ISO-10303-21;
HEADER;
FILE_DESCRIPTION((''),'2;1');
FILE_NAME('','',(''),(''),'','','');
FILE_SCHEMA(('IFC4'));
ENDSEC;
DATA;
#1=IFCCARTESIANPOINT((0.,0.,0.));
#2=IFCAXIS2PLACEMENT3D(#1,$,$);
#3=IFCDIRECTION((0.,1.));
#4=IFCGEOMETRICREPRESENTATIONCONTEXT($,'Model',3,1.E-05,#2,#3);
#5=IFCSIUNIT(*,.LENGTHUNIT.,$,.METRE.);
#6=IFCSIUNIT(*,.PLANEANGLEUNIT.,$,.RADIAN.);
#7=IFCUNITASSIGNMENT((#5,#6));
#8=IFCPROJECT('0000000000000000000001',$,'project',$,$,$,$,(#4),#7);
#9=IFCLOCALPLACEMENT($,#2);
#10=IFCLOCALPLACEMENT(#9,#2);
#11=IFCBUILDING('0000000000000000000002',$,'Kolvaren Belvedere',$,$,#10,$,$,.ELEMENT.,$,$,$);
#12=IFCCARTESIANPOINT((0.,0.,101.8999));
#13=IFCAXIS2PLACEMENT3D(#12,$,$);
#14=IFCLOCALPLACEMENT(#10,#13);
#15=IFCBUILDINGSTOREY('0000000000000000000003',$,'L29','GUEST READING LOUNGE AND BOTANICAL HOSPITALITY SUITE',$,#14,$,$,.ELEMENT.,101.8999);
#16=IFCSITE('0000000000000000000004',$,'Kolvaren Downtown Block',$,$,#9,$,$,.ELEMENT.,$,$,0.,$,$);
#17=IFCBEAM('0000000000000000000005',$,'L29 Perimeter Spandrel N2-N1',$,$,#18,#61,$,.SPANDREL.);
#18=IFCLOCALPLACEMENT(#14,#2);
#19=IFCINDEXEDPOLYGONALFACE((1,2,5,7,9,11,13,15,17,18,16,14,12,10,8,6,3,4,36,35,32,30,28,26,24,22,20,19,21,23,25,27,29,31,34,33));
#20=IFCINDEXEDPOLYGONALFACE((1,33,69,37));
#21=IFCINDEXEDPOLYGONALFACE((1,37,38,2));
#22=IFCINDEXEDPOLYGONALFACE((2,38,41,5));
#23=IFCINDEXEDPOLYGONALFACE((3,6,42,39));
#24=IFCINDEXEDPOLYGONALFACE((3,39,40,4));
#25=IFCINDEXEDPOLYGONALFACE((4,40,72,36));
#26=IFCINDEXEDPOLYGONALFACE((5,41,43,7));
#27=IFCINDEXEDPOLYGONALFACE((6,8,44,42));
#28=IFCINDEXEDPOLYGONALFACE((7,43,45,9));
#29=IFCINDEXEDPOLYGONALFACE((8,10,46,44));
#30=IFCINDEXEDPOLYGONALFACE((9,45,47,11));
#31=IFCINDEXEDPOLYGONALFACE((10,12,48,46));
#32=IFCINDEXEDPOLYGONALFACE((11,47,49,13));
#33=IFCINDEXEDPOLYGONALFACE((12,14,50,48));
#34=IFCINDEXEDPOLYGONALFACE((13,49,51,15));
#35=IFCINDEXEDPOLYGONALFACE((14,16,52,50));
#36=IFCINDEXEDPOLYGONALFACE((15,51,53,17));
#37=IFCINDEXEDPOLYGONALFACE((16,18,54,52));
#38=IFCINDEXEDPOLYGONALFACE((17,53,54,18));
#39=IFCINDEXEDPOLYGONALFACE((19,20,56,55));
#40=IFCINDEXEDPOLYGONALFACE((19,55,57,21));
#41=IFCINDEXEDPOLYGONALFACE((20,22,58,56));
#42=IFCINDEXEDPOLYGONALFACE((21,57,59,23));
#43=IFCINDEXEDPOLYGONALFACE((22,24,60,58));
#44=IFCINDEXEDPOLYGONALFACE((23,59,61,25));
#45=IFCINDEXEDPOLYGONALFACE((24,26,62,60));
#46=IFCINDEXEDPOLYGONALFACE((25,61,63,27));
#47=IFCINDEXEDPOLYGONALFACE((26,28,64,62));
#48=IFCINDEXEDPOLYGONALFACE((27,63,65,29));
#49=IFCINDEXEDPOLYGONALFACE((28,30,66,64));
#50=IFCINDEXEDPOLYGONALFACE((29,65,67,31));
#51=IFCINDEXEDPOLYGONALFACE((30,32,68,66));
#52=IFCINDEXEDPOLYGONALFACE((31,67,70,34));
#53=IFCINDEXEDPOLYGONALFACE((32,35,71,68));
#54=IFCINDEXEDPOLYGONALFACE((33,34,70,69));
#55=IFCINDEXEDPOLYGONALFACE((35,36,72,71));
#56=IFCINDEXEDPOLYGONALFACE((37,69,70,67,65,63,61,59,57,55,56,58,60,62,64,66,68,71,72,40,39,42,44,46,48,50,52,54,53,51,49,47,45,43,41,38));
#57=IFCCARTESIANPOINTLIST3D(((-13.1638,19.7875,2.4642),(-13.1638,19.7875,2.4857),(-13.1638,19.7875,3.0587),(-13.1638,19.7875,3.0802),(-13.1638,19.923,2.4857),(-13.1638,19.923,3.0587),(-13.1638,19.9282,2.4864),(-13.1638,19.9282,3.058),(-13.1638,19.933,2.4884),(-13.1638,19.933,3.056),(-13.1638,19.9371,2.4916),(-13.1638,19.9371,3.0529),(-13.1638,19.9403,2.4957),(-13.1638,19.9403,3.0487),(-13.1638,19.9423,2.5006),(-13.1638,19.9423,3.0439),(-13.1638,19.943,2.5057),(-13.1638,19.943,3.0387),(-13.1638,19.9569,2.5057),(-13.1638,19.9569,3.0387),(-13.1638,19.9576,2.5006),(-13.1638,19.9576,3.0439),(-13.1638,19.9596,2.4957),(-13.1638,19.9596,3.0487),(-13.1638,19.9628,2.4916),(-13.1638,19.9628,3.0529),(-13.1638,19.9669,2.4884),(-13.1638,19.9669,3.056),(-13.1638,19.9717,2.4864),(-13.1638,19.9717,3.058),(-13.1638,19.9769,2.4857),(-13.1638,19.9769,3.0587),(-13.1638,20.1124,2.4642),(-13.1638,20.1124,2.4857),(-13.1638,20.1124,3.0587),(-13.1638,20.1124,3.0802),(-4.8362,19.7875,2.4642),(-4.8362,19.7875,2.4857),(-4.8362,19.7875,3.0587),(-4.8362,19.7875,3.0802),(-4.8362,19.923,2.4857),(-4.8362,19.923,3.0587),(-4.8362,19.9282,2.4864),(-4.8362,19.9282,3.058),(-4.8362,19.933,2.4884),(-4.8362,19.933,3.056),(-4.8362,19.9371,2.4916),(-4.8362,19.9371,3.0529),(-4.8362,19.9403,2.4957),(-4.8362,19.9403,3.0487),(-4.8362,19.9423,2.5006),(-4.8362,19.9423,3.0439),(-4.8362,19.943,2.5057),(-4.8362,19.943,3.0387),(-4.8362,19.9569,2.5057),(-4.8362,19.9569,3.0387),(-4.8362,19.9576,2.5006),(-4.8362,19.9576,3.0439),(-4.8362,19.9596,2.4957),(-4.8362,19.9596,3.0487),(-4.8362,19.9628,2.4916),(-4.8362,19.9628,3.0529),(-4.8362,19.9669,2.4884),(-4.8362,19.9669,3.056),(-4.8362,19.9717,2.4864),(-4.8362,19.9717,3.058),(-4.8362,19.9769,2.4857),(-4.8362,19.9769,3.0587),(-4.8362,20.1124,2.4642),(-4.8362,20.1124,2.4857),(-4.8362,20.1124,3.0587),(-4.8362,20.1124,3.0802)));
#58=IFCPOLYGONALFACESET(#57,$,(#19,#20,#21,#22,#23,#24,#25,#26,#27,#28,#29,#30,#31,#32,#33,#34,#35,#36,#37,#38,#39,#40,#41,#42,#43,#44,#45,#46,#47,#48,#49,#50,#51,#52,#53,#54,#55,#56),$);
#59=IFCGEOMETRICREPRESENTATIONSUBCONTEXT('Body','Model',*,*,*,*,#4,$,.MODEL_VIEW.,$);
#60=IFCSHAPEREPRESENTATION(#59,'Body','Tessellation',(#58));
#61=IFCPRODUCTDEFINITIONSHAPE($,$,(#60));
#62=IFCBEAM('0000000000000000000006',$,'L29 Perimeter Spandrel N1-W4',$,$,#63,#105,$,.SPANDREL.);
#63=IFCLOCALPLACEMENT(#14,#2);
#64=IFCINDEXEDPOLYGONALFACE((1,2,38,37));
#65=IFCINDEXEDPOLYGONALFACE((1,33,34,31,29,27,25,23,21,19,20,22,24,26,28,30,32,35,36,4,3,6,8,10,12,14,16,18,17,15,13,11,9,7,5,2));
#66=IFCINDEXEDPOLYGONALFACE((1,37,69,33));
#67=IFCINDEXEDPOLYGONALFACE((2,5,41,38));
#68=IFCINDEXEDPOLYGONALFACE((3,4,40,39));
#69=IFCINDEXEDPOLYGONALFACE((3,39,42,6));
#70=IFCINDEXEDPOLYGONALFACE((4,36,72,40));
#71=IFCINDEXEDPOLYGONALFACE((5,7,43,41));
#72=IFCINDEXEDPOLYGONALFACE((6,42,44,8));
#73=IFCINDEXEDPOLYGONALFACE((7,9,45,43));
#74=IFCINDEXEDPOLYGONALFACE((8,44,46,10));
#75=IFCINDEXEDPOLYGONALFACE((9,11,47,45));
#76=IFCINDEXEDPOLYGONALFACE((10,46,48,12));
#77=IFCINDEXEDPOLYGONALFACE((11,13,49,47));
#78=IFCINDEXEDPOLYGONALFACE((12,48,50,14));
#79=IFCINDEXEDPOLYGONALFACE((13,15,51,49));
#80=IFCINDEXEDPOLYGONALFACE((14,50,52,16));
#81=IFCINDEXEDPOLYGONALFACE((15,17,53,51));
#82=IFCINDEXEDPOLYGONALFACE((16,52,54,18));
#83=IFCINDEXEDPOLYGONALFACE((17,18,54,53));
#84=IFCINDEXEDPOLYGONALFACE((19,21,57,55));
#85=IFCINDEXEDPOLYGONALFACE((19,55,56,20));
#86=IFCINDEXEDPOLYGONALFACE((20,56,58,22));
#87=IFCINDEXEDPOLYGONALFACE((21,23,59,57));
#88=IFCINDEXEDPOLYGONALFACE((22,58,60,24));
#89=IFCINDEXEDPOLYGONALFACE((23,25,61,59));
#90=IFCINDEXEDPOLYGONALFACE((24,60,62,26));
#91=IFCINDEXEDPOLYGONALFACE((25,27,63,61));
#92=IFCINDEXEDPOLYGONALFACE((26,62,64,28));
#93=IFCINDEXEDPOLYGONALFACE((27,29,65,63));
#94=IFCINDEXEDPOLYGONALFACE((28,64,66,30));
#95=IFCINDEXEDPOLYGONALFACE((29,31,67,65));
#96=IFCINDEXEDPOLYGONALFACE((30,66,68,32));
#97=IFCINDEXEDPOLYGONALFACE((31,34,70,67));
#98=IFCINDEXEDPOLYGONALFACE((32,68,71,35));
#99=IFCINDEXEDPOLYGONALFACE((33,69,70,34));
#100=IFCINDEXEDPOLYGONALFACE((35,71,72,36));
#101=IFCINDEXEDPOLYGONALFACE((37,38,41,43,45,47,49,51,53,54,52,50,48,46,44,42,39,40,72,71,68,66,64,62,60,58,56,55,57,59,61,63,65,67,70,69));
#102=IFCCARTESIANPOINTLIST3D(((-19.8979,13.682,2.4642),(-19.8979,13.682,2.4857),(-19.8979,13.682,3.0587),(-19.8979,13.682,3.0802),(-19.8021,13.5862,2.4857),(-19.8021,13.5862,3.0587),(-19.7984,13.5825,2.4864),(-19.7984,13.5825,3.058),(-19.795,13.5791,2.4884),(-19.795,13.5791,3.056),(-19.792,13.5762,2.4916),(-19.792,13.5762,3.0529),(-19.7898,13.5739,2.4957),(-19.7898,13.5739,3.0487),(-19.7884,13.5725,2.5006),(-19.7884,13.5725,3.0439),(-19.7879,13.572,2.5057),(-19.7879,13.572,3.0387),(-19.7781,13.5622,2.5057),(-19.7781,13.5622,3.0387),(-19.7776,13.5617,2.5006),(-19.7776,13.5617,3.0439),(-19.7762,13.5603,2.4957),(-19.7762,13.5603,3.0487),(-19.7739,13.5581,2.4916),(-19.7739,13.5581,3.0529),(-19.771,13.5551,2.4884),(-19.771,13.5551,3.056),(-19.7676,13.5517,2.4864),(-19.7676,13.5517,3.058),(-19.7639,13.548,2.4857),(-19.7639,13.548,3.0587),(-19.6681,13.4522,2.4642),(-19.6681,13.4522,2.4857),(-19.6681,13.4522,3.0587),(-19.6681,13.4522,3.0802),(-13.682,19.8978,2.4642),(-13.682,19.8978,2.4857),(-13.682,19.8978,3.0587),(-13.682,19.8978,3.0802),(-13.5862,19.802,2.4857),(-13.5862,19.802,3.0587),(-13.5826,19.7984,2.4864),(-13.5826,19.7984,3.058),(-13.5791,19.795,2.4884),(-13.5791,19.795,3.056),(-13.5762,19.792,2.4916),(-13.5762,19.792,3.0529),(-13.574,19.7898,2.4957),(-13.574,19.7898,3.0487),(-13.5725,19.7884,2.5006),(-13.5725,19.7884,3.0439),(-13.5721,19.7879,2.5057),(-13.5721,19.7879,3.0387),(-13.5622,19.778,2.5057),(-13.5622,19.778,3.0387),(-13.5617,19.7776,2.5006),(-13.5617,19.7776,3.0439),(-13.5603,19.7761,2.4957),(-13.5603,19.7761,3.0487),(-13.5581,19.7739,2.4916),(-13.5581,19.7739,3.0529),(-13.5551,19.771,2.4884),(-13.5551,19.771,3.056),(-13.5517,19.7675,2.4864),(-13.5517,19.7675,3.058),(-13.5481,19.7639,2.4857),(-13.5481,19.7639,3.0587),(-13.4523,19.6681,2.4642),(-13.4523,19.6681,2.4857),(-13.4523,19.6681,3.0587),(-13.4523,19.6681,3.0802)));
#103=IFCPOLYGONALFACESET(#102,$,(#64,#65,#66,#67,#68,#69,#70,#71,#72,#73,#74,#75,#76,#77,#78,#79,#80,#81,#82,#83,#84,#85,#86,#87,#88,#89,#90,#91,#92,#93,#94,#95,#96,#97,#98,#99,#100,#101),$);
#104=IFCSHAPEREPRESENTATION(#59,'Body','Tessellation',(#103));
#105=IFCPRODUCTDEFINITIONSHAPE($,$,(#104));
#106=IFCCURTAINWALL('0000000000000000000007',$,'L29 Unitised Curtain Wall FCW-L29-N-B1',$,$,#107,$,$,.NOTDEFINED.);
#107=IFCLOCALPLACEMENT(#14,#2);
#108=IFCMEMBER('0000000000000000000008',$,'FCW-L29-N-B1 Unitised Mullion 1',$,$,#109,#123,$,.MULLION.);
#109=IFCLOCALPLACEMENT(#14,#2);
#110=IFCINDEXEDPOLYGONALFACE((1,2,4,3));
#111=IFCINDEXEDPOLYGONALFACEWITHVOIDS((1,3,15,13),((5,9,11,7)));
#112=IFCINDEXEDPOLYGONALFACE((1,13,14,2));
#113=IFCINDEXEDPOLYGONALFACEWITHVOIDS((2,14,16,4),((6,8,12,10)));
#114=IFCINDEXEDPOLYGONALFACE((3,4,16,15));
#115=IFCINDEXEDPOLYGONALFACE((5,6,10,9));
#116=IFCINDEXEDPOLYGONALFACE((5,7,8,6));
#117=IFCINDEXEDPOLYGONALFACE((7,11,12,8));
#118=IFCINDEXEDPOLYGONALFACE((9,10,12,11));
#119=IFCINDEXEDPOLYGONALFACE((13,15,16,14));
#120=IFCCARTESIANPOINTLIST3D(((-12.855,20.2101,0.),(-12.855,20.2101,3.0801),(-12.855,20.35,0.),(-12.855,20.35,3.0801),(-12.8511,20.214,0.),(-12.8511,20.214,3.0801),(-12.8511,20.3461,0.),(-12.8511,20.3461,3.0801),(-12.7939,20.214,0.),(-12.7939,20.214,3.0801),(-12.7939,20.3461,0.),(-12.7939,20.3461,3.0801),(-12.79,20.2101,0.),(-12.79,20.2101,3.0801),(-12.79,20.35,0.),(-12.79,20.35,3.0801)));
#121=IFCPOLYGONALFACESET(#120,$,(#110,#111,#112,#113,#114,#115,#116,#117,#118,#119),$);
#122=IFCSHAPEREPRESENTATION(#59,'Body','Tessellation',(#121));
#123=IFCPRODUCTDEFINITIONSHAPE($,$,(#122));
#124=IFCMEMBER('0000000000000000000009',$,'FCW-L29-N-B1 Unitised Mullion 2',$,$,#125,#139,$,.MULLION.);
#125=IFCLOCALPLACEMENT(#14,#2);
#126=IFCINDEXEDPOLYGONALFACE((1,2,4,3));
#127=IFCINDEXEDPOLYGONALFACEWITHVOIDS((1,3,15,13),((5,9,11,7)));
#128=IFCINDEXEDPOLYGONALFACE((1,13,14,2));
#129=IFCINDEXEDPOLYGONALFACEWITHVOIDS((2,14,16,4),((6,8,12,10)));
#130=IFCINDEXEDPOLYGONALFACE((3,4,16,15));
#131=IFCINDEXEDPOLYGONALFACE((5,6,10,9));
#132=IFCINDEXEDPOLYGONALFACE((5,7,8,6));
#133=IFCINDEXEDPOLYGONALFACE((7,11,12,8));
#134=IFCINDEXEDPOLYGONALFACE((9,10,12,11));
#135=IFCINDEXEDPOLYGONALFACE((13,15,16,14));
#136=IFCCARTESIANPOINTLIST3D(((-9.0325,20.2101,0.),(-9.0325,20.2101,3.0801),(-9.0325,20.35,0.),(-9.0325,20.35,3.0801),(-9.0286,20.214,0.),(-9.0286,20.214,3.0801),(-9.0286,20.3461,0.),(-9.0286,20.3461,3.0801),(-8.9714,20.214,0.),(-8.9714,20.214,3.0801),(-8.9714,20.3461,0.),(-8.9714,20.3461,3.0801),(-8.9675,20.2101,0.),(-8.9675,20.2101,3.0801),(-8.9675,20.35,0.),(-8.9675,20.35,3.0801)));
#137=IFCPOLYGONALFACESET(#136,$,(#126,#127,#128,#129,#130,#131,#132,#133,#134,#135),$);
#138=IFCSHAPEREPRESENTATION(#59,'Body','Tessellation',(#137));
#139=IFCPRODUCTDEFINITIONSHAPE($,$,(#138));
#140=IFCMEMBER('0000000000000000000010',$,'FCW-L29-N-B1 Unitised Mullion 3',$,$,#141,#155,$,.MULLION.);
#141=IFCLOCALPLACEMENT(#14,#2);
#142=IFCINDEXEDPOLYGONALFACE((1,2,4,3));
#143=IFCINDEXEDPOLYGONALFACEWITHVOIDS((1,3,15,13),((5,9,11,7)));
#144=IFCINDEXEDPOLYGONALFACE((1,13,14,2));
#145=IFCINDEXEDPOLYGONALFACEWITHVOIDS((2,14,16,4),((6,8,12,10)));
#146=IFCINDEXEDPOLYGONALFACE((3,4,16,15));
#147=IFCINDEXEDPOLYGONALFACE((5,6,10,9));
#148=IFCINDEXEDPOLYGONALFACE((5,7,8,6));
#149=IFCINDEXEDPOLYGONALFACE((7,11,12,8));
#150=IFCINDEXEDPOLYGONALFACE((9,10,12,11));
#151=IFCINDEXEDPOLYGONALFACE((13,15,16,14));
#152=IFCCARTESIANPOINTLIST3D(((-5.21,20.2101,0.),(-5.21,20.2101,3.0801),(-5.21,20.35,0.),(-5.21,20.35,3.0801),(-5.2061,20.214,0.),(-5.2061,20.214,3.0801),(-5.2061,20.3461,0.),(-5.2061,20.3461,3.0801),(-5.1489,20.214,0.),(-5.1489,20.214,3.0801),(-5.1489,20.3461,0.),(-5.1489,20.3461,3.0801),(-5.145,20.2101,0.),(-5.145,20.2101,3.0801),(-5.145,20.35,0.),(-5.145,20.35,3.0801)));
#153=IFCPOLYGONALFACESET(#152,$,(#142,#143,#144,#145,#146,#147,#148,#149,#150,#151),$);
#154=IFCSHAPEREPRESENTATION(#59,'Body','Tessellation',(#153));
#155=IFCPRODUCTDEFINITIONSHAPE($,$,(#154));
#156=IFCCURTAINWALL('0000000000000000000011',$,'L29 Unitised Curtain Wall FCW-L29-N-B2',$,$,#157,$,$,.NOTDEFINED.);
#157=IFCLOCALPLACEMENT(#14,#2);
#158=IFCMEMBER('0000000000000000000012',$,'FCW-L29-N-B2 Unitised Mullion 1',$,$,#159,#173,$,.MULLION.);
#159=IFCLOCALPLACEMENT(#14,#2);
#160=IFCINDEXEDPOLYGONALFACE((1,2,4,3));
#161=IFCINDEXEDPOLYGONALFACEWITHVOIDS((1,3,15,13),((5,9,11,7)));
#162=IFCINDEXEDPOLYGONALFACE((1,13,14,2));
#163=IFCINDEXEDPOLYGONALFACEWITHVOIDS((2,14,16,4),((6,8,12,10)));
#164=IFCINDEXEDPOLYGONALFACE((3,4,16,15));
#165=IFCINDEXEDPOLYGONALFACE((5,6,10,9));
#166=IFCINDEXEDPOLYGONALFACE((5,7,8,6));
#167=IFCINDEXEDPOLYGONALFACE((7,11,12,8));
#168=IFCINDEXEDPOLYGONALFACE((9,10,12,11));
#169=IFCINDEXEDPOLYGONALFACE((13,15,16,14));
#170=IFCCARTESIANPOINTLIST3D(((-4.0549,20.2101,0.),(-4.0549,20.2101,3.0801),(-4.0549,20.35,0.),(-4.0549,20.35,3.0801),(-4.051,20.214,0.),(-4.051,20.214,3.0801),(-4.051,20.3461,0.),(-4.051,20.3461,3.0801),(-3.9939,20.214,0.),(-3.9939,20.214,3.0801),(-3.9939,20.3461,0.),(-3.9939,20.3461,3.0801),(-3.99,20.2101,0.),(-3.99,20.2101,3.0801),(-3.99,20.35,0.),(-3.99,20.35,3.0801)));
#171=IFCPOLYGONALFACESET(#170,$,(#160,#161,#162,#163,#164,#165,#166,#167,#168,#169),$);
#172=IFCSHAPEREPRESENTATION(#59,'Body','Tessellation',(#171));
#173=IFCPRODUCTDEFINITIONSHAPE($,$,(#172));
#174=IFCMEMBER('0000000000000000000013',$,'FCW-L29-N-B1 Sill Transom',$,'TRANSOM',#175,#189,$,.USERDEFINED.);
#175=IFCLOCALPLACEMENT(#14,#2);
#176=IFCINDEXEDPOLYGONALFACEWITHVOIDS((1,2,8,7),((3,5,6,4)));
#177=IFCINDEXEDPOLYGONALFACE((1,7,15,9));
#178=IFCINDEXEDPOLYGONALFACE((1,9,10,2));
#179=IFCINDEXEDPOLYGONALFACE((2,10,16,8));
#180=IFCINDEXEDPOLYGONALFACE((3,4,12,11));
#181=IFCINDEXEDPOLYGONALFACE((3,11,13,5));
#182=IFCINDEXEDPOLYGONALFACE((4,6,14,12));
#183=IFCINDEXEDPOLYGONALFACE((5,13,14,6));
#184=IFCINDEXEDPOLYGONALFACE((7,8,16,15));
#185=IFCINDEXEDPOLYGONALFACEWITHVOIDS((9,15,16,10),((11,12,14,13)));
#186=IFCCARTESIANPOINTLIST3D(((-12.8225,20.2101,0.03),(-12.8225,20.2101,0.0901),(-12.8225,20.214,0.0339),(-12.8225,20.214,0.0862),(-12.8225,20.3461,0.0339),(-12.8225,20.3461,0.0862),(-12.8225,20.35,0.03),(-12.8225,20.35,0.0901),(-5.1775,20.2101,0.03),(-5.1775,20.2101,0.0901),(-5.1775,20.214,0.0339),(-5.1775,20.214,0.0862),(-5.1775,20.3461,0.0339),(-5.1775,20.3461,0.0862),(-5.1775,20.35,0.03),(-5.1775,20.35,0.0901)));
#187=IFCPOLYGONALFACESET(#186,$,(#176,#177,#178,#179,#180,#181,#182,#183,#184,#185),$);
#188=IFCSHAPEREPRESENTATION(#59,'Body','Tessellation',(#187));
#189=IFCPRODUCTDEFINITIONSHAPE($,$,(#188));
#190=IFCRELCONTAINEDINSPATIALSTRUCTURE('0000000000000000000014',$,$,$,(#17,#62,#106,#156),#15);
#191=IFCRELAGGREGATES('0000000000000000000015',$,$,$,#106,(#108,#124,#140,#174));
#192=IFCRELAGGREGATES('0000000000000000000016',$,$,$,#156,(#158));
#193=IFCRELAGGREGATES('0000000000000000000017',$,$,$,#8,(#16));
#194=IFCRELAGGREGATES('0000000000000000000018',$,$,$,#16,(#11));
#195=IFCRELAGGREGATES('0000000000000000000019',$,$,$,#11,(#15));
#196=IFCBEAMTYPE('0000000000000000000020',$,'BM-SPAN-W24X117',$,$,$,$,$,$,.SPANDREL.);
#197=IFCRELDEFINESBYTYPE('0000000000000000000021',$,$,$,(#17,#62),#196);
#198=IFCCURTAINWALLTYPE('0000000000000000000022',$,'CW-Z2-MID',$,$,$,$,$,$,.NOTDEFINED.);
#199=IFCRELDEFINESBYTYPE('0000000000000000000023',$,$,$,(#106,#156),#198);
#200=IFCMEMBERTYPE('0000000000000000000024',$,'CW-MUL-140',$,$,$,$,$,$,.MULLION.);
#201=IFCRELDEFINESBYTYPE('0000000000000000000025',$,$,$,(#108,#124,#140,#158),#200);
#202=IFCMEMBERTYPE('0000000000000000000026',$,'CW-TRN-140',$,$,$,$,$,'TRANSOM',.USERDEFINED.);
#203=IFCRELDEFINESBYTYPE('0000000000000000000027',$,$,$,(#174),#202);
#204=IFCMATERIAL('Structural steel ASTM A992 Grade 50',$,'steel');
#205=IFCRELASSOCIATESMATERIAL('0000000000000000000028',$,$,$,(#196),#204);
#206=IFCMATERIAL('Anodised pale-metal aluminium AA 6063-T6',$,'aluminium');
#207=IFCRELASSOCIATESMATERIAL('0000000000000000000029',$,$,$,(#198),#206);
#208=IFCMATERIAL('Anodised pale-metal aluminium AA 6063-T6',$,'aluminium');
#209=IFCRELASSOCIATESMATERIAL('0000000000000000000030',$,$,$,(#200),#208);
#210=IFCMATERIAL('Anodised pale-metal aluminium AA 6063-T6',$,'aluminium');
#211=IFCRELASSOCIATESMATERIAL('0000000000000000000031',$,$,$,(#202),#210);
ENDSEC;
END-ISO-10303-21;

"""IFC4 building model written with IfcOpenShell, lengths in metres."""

from ifc_helpers import new_model, si_unit, direction, frame, origin, origin_2d, place, context, subcontext, project, spatial, hollow_rectangle, i_section, extrude, material, material_profile, profile_set, type_object, element, aggregate, save


model = new_model("IFC4")

# Units and contexts
model_context = context("Model", 3, precision=1e-05, world=origin(), true_north=direction((0.0, 1.0)))
body_context = subcontext(model_context, "Body", "Model", "MODEL_VIEW")
ifc_project = project(units=[si_unit("LENGTHUNIT", "METRE"), si_unit("PLANEANGLEUNIT", "RADIAN")], contexts=[model_context])

# Site, building, storey
site_placement = place(None, origin())
site = spatial("IfcSite", under=ifc_project, at=site_placement, Name="Kolvaren Downtown Block", CompositionType="ELEMENT", RefElevation=0.0)
building_placement = place(site_placement, origin())
building = spatial("IfcBuilding", under=site, at=building_placement, Name="Kolvaren Belvedere", CompositionType="ELEMENT")
storey_placement = place(building_placement, frame((0.0, 0.0, 101.8999)))
storey = spatial("IfcBuildingStorey", under=building, at=storey_placement, Name="L29", Description="GUEST READING LOUNGE AND BOTANICAL HOSPITALITY SUITE", CompositionType="ELEMENT", Elevation=101.8999)

# Beams
ifc_material_1 = material(Name="Structural steel ASTM A992 Grade 50", Category="steel")
ifc_material_profile_1 = material_profile(ifc_material_1, i_section(OverallWidth=0.325, OverallDepth=0.616, WebThickness=0.0139, FlangeThickness=0.0215, FilletRadius=0.02, at=origin_2d()), Name="W24X117")
ifc_profile_set_1 = profile_set([ifc_material_profile_1], Name="Structural steel ASTM A992 Grade 50")
beam_type_1 = type_object("IfcBeamType", Name="BM-SPAN-W24X117", PredefinedType="SPANDREL", material=ifc_profile_set_1)
beam_1_placement = place(storey_placement, frame((-4.8362, 19.95, 2.7722), z_axis=(-1.0, 0.0, 0.0), x_axis=(0.0, -1.0, 0.0)))
element("IfcBeam", 1, at=beam_1_placement, inside=storey, type_object=beam_type_1, Name="L29 Perimeter Spandrel N2-N1", PredefinedType="SPANDREL", context=body_context, shape_type="SweptSolid", body=[
    extrude(i_section(OverallWidth=0.325, OverallDepth=0.616, WebThickness=0.0139, FlangeThickness=0.0215, FilletRadius=0.02, at=origin_2d()), origin(), (0.0, 0.0, 1.0), 8.3276),
])
beam_2_placement = place(storey_placement, frame((-13.5671, 19.783, 2.7722), z_axis=(-0.707107, -0.707107, 0.0), x_axis=(0.707107, -0.707107, 0.0)))
element("IfcBeam", 2, at=beam_2_placement, inside=storey, type_object=beam_type_1, Name="L29 Perimeter Spandrel N1-W4", PredefinedType="SPANDREL", context=body_context, shape_type="SweptSolid", body=[
    extrude(i_section(OverallWidth=0.325, OverallDepth=0.616, WebThickness=0.0139, FlangeThickness=0.0215, FilletRadius=0.02, at=origin_2d()), origin(), (0.0, 0.0, 1.0), 8.7905),
])

# Curtain wall, members
ifc_material_2 = material(Name="Anodised pale-metal aluminium AA 6063-T6", Category="aluminium")
curtain_wall_type = type_object("IfcCurtainWallType", Name="CW-Z2-MID", PredefinedType="NOTDEFINED", material=ifc_material_2)
curtain_wall_1_placement = place(storey_placement, origin())
curtain_wall_1 = element("IfcCurtainWall", 3, at=curtain_wall_1_placement, inside=storey, type_object=curtain_wall_type, Name="L29 Unitised Curtain Wall FCW-L29-N-B1", PredefinedType="NOTDEFINED")
ifc_material_3 = material(Name="Anodised pale-metal aluminium AA 6063-T6", Category="aluminium")
ifc_material_profile_2 = material_profile(ifc_material_3, hollow_rectangle(XDim=0.0649, YDim=0.1399, WallThickness=0.0039, at=origin_2d()), Name="ALU-MUL-140X65")
ifc_profile_set_2 = profile_set([ifc_material_profile_2], Name="Anodised pale-metal aluminium AA 6063-T6")
member_type_1 = type_object("IfcMemberType", Name="CW-MUL-140", PredefinedType="MULLION", material=ifc_profile_set_2)
member_1_placement = place(storey_placement, frame((-12.8225, 20.28, 0.0), z_axis=(0.0, 0.0, 1.0), x_axis=(1.0, 0.0, 0.0)))
member_1 = element("IfcMember", 4, at=member_1_placement, type_object=member_type_1, Name="FCW-L29-N-B1 Unitised Mullion 1", PredefinedType="MULLION", context=body_context, shape_type="SweptSolid", body=[
    extrude(hollow_rectangle(XDim=0.0649, YDim=0.1399, WallThickness=0.0039, at=origin_2d()), origin(), (0.0, 0.0, 1.0), 3.0801),
])
member_2_placement = place(storey_placement, frame((-9.0, 20.28, 0.0), z_axis=(0.0, 0.0, 1.0), x_axis=(1.0, 0.0, 0.0)))
member_2 = element("IfcMember", 5, at=member_2_placement, type_object=member_type_1, Name="FCW-L29-N-B1 Unitised Mullion 2", PredefinedType="MULLION", context=body_context, shape_type="SweptSolid", body=[
    extrude(hollow_rectangle(XDim=0.0649, YDim=0.1399, WallThickness=0.0039, at=origin_2d()), origin(), (0.0, 0.0, 1.0), 3.0801),
])
member_3_placement = place(storey_placement, frame((-5.1775, 20.28, 0.0), z_axis=(0.0, 0.0, 1.0), x_axis=(1.0, 0.0, 0.0)))
member_3 = element("IfcMember", 6, at=member_3_placement, type_object=member_type_1, Name="FCW-L29-N-B1 Unitised Mullion 3", PredefinedType="MULLION", context=body_context, shape_type="SweptSolid", body=[
    extrude(hollow_rectangle(XDim=0.0649, YDim=0.1399, WallThickness=0.0039, at=origin_2d()), origin(), (0.0, 0.0, 1.0), 3.0801),
])

# Curtain wall, member
curtain_wall_2_placement = place(storey_placement, origin())
curtain_wall_2 = element("IfcCurtainWall", 7, at=curtain_wall_2_placement, inside=storey, type_object=curtain_wall_type, Name="L29 Unitised Curtain Wall FCW-L29-N-B2", PredefinedType="NOTDEFINED")
member_4_placement = place(storey_placement, frame((-4.0225, 20.28, 0.0), z_axis=(0.0, 0.0, 1.0), x_axis=(1.0, 0.0, 0.0)))
member_4 = element("IfcMember", 8, at=member_4_placement, type_object=member_type_1, Name="FCW-L29-N-B2 Unitised Mullion 1", PredefinedType="MULLION", context=body_context, shape_type="SweptSolid", body=[
    extrude(hollow_rectangle(XDim=0.0649, YDim=0.1399, WallThickness=0.0039, at=origin_2d()), origin(), (0.0, 0.0, 1.0), 3.0801),
])

# Member
ifc_material_4 = material(Name="Anodised pale-metal aluminium AA 6063-T6", Category="aluminium")
ifc_material_profile_3 = material_profile(ifc_material_4, hollow_rectangle(XDim=0.0601, YDim=0.1399, WallThickness=0.0039, at=origin_2d()), Name="ALU-TRN-140X60")
ifc_profile_set_3 = profile_set([ifc_material_profile_3], Name="Anodised pale-metal aluminium AA 6063-T6")
member_type_2 = type_object("IfcMemberType", Name="CW-TRN-140", ElementType="TRANSOM", PredefinedType="USERDEFINED", material=ifc_profile_set_3)
member_5_placement = place(storey_placement, frame((-12.8225, 20.28, 0.0601), z_axis=(1.0, 0.0, 0.0), x_axis=(0.0, 0.0, 1.0)))
member_5 = element("IfcMember", 9, at=member_5_placement, type_object=member_type_2, Name="FCW-L29-N-B1 Sill Transom", ObjectType="TRANSOM", PredefinedType="USERDEFINED", context=body_context, shape_type="SweptSolid", body=[
    extrude(hollow_rectangle(XDim=0.0601, YDim=0.1399, WallThickness=0.0039, at=origin_2d()), origin(), (0.0, 0.0, 1.0), 7.645),
])

aggregate(curtain_wall_1, [member_1, member_2, member_3, member_5])
aggregate(curtain_wall_2, [member_4])

save(model, "model.ifc")
